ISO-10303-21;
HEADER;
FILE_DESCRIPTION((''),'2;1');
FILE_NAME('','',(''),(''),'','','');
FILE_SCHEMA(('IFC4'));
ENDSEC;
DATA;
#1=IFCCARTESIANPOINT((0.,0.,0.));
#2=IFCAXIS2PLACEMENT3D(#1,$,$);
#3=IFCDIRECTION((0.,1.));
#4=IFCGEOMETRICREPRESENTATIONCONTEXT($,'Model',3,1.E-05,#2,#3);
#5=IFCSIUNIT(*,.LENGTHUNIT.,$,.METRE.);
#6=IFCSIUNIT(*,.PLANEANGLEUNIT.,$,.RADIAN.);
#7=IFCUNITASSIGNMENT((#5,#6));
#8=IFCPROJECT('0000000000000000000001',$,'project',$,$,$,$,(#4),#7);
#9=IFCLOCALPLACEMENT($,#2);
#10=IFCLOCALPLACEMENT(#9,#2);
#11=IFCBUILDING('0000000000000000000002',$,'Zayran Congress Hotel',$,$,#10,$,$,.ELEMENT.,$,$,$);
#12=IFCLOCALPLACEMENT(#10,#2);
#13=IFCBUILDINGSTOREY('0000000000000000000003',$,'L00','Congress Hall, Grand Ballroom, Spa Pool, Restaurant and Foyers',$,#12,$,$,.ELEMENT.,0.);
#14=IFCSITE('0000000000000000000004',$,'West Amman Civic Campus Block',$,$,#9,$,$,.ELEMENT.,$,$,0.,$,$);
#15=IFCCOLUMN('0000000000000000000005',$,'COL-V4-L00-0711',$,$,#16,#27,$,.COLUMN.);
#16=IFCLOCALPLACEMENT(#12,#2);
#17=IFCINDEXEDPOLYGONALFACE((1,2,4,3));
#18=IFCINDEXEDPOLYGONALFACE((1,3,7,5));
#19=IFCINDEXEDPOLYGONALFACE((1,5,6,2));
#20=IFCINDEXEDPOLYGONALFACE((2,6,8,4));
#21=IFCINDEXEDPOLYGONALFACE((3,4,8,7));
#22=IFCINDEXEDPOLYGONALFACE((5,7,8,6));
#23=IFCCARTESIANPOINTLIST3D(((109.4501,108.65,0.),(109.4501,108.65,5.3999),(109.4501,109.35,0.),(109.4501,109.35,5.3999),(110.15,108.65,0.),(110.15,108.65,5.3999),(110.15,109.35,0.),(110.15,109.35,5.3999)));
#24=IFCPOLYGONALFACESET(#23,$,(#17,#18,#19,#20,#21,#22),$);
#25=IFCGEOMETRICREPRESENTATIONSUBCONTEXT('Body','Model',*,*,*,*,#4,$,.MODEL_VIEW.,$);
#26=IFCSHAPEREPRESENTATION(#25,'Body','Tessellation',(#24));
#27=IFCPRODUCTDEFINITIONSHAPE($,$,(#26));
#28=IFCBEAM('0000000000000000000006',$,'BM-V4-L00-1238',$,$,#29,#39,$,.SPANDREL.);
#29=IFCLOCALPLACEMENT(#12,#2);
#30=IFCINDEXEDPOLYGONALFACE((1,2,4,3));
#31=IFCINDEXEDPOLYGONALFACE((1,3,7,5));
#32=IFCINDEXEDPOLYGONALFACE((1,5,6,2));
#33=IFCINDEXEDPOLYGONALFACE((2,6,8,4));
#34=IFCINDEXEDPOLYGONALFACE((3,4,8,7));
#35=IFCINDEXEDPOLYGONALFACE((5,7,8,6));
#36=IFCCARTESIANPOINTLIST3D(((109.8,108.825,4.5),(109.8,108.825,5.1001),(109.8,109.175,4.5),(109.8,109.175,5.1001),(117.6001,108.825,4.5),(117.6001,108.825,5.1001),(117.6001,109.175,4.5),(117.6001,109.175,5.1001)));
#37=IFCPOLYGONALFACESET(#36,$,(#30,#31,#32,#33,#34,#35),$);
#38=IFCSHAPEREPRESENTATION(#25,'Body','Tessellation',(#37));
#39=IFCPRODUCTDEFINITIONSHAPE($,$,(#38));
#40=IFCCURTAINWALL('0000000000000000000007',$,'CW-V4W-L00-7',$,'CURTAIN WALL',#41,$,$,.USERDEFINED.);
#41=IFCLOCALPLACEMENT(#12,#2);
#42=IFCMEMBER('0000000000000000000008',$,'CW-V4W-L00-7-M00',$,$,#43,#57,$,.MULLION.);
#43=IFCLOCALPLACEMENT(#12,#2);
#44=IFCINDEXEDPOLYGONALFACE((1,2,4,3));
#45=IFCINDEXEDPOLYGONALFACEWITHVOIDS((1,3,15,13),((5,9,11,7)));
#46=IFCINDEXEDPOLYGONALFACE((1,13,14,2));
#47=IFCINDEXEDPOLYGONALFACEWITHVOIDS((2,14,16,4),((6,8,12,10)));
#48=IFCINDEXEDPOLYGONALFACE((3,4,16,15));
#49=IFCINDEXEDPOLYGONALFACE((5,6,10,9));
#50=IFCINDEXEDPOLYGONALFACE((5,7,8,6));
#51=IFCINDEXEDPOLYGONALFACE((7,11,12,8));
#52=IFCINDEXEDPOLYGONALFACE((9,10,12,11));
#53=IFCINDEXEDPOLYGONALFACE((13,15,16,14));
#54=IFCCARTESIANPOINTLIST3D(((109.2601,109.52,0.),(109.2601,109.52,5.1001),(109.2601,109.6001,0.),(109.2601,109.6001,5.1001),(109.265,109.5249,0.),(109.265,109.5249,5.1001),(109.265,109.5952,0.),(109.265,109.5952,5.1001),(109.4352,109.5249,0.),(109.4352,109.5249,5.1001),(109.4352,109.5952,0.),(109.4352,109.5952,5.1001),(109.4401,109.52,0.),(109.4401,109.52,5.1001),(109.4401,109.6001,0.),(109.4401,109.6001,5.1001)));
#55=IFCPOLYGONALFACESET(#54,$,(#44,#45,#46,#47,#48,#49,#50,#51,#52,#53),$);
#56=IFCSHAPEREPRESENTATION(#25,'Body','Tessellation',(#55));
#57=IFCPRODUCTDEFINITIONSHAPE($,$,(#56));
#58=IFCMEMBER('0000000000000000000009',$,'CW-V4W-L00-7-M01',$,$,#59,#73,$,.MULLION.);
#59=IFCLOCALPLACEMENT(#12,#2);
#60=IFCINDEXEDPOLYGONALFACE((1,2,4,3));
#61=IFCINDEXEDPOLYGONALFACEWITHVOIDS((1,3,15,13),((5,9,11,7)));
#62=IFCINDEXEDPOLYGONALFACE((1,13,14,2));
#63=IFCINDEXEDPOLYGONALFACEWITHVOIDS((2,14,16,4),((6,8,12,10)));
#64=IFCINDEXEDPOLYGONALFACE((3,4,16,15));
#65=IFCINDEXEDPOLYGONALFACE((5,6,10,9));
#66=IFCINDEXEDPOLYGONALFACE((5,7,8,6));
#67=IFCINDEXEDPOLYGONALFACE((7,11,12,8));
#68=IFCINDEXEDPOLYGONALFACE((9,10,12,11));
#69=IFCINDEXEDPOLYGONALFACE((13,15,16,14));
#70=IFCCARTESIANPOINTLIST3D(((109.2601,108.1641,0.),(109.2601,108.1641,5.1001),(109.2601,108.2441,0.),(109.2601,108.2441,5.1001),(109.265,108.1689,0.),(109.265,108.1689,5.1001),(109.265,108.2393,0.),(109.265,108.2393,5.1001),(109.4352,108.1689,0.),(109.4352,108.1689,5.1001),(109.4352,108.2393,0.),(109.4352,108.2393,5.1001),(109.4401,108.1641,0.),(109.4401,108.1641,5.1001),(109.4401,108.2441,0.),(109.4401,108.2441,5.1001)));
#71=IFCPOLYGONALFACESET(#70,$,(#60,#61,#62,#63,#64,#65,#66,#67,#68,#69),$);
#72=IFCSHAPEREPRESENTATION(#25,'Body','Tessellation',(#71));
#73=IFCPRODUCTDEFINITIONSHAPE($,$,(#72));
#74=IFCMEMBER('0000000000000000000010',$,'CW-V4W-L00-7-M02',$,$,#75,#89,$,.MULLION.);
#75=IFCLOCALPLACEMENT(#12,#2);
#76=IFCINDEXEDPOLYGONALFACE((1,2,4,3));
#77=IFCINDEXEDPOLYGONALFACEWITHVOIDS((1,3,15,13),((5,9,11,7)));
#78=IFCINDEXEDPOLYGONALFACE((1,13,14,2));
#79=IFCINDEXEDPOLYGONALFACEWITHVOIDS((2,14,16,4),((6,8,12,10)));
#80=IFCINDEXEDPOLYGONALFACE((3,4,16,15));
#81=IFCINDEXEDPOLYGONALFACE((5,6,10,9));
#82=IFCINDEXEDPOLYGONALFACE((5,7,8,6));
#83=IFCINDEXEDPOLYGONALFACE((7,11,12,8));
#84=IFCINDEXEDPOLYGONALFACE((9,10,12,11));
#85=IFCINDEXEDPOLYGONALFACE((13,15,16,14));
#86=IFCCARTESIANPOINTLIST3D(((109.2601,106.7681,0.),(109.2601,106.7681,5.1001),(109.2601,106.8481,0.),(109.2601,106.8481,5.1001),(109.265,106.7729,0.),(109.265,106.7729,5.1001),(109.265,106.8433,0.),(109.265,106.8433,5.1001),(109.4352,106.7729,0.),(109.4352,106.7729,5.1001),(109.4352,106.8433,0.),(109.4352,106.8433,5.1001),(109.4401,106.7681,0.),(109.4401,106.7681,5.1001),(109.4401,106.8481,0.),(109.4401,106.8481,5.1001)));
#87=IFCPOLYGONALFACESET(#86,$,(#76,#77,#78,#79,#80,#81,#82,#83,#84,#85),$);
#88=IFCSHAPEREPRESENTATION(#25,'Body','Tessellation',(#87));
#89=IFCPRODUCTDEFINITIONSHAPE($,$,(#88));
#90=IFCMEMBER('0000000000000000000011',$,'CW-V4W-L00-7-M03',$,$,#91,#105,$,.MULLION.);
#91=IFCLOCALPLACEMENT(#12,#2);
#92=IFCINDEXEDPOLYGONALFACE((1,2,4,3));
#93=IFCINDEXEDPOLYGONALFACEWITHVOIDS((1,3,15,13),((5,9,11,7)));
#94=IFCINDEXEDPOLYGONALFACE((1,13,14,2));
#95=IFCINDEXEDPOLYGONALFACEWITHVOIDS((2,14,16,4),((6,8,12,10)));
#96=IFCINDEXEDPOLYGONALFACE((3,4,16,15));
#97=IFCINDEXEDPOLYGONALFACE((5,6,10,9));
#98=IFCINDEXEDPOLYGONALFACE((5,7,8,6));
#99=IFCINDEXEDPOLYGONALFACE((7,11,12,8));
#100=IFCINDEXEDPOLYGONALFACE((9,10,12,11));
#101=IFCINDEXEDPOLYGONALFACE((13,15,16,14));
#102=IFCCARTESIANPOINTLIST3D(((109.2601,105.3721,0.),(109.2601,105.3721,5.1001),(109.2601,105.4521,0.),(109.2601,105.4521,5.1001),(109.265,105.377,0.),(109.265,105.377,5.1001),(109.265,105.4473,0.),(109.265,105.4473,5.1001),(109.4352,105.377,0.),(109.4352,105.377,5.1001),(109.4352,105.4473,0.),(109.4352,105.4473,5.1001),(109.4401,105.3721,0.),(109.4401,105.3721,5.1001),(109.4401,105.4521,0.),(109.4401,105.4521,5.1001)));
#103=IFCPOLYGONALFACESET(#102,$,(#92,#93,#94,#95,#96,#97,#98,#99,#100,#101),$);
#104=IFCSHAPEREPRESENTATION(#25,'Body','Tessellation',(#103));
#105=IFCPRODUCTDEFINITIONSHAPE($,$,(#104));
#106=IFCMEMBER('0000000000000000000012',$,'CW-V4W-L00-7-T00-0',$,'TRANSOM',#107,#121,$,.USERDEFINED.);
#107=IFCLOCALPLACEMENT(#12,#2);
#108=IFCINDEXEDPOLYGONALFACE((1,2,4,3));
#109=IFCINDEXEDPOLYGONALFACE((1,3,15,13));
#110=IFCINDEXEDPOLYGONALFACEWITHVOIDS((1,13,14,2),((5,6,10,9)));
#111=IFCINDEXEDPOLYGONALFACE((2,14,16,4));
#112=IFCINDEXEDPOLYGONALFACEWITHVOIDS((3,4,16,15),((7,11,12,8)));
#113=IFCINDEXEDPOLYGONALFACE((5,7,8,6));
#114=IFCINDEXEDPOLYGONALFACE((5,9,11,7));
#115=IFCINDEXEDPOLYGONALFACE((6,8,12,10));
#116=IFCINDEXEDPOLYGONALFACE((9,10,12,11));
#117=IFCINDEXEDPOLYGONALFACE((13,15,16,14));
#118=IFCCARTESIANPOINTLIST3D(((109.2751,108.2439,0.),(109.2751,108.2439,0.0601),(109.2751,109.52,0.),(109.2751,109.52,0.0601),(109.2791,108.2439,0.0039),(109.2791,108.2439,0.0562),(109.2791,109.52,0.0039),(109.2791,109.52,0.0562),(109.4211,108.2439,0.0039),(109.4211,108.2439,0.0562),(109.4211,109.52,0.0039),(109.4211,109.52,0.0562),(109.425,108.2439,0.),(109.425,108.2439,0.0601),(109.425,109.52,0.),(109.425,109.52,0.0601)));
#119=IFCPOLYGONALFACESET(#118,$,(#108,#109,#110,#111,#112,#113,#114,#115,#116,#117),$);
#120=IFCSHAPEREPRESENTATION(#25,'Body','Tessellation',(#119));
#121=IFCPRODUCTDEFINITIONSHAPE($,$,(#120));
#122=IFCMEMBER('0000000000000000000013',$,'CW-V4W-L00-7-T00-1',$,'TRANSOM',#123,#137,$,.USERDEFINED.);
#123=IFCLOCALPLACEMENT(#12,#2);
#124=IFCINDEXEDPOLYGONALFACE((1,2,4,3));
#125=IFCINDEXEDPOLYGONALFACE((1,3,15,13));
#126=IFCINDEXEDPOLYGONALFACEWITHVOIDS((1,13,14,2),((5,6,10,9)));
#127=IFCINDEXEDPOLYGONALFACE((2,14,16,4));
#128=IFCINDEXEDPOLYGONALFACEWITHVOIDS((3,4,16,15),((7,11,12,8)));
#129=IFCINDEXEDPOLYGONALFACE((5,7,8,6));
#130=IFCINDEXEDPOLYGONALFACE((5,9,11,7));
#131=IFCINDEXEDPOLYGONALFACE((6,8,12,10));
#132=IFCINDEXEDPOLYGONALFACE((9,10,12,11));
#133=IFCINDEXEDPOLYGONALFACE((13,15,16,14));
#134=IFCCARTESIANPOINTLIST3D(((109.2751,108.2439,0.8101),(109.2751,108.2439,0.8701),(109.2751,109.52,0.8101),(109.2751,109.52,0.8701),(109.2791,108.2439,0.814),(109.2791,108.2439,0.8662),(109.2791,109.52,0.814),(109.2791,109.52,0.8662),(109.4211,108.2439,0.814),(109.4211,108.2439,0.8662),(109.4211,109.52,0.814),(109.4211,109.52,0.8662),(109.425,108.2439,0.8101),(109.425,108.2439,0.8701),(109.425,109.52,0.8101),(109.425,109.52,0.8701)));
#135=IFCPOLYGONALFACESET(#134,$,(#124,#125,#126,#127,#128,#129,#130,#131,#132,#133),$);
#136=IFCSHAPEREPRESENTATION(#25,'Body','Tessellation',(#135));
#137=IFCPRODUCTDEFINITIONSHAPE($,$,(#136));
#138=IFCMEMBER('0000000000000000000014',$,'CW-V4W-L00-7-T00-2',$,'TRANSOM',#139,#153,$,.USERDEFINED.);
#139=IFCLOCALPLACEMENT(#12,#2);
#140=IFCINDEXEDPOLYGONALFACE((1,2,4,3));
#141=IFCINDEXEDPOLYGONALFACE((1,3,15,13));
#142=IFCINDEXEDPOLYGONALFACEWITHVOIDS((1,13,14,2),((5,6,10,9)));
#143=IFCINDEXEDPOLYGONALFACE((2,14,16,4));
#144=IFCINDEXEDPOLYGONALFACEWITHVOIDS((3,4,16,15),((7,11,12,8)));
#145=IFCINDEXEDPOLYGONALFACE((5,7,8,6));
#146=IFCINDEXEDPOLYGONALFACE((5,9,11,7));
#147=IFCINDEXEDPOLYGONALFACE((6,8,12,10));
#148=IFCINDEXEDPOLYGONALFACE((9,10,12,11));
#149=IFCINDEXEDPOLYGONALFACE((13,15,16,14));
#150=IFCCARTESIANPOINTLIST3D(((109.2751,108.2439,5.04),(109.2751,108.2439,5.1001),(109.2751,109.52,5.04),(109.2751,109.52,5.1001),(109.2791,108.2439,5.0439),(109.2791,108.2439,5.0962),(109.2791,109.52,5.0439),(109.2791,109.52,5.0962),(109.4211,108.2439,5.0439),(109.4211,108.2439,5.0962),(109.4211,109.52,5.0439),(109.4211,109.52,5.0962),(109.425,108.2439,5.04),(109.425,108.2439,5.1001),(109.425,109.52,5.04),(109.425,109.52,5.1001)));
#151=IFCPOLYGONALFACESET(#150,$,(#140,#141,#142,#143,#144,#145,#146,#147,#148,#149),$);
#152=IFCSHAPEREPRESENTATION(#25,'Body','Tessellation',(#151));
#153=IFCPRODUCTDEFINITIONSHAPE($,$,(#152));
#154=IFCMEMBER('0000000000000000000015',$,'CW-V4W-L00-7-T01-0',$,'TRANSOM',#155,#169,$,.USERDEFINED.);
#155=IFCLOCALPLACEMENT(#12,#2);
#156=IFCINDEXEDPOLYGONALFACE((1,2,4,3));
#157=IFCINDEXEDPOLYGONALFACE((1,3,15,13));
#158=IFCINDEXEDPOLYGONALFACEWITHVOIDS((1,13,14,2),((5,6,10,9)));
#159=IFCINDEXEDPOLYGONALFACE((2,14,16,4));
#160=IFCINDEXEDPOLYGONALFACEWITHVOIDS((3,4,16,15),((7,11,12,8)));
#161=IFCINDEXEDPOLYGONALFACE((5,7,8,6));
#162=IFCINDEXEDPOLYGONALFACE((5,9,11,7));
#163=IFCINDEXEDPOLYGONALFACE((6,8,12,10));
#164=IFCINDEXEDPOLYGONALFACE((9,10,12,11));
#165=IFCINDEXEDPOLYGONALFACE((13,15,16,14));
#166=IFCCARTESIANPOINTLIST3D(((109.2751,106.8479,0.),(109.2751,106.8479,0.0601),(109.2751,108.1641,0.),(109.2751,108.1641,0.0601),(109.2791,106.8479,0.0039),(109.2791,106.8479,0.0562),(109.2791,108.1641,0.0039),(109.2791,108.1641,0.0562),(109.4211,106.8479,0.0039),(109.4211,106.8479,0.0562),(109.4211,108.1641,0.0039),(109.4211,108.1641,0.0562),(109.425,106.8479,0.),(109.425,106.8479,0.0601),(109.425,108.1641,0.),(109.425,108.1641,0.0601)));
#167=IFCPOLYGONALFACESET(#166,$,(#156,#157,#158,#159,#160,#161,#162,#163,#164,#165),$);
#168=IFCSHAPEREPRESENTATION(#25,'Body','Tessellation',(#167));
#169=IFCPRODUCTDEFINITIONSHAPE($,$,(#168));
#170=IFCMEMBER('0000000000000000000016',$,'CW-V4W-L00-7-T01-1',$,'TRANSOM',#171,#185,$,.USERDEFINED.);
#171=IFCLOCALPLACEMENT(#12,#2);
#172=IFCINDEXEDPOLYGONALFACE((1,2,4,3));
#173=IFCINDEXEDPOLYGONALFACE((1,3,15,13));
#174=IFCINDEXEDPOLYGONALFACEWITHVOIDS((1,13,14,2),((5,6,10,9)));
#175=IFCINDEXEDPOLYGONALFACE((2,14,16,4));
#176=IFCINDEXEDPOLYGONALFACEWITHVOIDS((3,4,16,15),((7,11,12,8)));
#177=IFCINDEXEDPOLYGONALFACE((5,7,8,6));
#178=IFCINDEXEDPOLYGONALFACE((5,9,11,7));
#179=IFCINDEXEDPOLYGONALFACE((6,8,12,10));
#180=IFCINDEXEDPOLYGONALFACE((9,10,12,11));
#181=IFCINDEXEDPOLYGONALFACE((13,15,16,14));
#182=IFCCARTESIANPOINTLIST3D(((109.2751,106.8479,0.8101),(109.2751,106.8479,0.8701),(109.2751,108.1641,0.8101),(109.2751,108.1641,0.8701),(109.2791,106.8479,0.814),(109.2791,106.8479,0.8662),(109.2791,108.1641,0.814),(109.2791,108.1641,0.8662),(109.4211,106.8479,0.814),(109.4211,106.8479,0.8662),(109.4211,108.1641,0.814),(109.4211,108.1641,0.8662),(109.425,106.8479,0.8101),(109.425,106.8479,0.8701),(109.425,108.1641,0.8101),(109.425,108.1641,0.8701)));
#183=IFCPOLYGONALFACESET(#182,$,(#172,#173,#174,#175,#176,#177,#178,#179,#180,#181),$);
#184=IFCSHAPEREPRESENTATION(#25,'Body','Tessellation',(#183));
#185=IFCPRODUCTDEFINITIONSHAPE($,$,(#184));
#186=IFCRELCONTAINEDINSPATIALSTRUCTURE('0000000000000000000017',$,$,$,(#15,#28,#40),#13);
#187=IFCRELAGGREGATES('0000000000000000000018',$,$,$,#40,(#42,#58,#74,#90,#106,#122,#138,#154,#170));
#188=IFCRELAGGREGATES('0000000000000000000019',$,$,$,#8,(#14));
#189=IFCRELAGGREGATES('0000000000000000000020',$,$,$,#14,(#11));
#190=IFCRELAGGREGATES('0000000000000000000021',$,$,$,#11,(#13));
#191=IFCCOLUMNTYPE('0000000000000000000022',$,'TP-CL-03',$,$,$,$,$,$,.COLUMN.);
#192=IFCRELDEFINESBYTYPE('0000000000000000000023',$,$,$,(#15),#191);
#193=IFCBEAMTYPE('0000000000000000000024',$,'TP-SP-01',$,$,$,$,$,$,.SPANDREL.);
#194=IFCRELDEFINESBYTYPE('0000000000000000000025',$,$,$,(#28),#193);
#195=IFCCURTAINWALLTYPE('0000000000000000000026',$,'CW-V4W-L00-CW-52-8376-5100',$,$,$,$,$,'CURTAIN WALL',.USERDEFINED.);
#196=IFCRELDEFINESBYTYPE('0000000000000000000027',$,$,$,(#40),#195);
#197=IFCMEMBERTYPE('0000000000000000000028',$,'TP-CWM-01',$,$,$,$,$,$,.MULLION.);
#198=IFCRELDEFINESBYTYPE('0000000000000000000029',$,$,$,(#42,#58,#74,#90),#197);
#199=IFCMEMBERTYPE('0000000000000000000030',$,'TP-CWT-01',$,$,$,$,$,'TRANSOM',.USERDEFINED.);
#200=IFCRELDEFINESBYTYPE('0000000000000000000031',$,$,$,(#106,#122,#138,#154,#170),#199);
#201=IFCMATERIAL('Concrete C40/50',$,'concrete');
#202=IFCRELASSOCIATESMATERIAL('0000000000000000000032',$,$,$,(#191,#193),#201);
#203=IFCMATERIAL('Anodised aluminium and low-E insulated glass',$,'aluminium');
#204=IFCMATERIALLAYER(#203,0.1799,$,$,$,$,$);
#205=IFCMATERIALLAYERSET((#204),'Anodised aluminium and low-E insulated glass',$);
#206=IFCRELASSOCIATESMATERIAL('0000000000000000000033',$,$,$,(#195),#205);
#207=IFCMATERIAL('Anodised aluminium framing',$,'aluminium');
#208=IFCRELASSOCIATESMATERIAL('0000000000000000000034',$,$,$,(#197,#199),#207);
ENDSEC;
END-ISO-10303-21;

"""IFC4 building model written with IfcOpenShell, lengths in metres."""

from ifc_helpers import new_model, si_unit, direction, frame, origin, origin_2d, place, context, subcontext, project, spatial, rectangle, hollow_rectangle, extrude, material, layer, layer_set, material_profile, profile_set, type_object, element, aggregate, save


model = new_model("IFC4")

# Units and contexts
model_context = context("Model", 3, precision=1e-05, world=origin(), true_north=direction((0.0, 1.0)))
body_context = subcontext(model_context, "Body", "Model", "MODEL_VIEW")
ifc_project = project(units=[si_unit("LENGTHUNIT", "METRE"), si_unit("PLANEANGLEUNIT", "RADIAN")], contexts=[model_context])

# Site, building, storey
site_placement = place(None, origin())
site = spatial("IfcSite", under=ifc_project, at=site_placement, Name="West Amman Civic Campus Block", CompositionType="ELEMENT", RefElevation=0.0)
building_placement = place(site_placement, origin())
building = spatial("IfcBuilding", under=site, at=building_placement, Name="Zayran Congress Hotel", CompositionType="ELEMENT")
storey_placement = place(building_placement, origin())
storey = spatial("IfcBuildingStorey", under=building, at=storey_placement, Name="L00", Description="Congress Hall, Grand Ballroom, Spa Pool, Restaurant and Foyers", CompositionType="ELEMENT", Elevation=0.0)

# Column
ifc_material_1 = material(Name="Concrete C40/50", Category="concrete")
ifc_material_profile_1 = material_profile(ifc_material_1, rectangle(XDim=0.7, YDim=0.7, at=origin_2d()), Name="RC 700x700")
ifc_profile_set_1 = profile_set([ifc_material_profile_1], Name="Concrete C40/50")
column_type = type_object("IfcColumnType", Name="TP-CL-03", PredefinedType="COLUMN", material=ifc_profile_set_1)
column_placement = place(storey_placement, frame((109.8, 109.0, 0.0), z_axis=(0.0, 0.0, 1.0), x_axis=(1.0, 0.0, 0.0)))
element("IfcColumn", 1, at=column_placement, inside=storey, type_object=column_type, Name="COL-V4-L00-0711", PredefinedType="COLUMN", context=body_context, shape_type="SweptSolid", body=[
    extrude(rectangle(XDim=0.7, YDim=0.7, at=origin_2d()), origin(), (0.0, 0.0, 1.0), 5.3999),
])

# Beam
ifc_material_profile_2 = material_profile(ifc_material_1, rectangle(XDim=0.3501, YDim=0.6001, at=origin_2d()), Name="RC 350x600")
ifc_profile_set_2 = profile_set([ifc_material_profile_2], Name="Concrete C40/50")
beam_type = type_object("IfcBeamType", Name="TP-SP-01", PredefinedType="SPANDREL", material=ifc_profile_set_2)
beam_placement = place(storey_placement, frame((109.8, 109.0, 4.8), z_axis=(1.0, 0.0, 0.0), x_axis=(0.0, 1.0, 0.0)))
element("IfcBeam", 2, at=beam_placement, inside=storey, type_object=beam_type, Name="BM-V4-L00-1238", PredefinedType="SPANDREL", context=body_context, shape_type="SweptSolid", body=[
    extrude(rectangle(XDim=0.3501, YDim=0.6001, at=origin_2d()), origin(), (0.0, 0.0, 1.0), 7.8),
])

# Curtain wall, members
ifc_material_2 = material(Name="Anodised aluminium and low-E insulated glass", Category="aluminium")
ifc_layer_1 = layer(ifc_material_2, 0.1799)
ifc_layer_set_1 = layer_set([ifc_layer_1], Name="Anodised aluminium and low-E insulated glass")
curtain_wall_type = type_object("IfcCurtainWallType", Name="CW-V4W-L00-CW-52-8376-5100", ElementType="CURTAIN WALL", PredefinedType="USERDEFINED", material=ifc_layer_set_1)
curtain_wall_placement = place(storey_placement, origin())
curtain_wall = element("IfcCurtainWall", 3, at=curtain_wall_placement, inside=storey, type_object=curtain_wall_type, Name="CW-V4W-L00-7", ObjectType="CURTAIN WALL", PredefinedType="USERDEFINED")
ifc_material_3 = material(Name="Anodised aluminium framing", Category="aluminium")
ifc_material_profile_3 = material_profile(ifc_material_3, hollow_rectangle(XDim=0.0801, YDim=0.1799, WallThickness=0.0049, at=origin_2d()), Name="RHS 180x80x5")
ifc_profile_set_3 = profile_set([ifc_material_profile_3], Name="Anodised aluminium framing")
member_type_1 = type_object("IfcMemberType", Name="TP-CWM-01", PredefinedType="MULLION", material=ifc_profile_set_3)
member_1_placement = place(storey_placement, frame((109.3501, 109.5601, 0.0), z_axis=(0.0, 0.0, 1.0), x_axis=(0.0, 1.0, 0.0)))
member_1 = element("IfcMember", 4, at=member_1_placement, type_object=member_type_1, Name="CW-V4W-L00-7-M00", PredefinedType="MULLION", context=body_context, shape_type="SweptSolid", body=[
    extrude(hollow_rectangle(XDim=0.0801, YDim=0.1799, WallThickness=0.0049, at=origin_2d()), origin(), (0.0, 0.0, 1.0), 5.1001),
])
member_2_placement = place(storey_placement, frame((109.3501, 108.2041, 0.0), z_axis=(0.0, 0.0, 1.0), x_axis=(0.0, 1.0, 0.0)))
member_2 = element("IfcMember", 5, at=member_2_placement, type_object=member_type_1, Name="CW-V4W-L00-7-M01", PredefinedType="MULLION", context=body_context, shape_type="SweptSolid", body=[
    extrude(hollow_rectangle(XDim=0.0801, YDim=0.1799, WallThickness=0.0049, at=origin_2d()), origin(), (0.0, 0.0, 1.0), 5.1001),
])
member_3_placement = place(storey_placement, frame((109.3501, 106.8081, 0.0), z_axis=(0.0, 0.0, 1.0), x_axis=(0.0, 1.0, 0.0)))
member_3 = element("IfcMember", 6, at=member_3_placement, type_object=member_type_1, Name="CW-V4W-L00-7-M02", PredefinedType="MULLION", context=body_context, shape_type="SweptSolid", body=[
    extrude(hollow_rectangle(XDim=0.0801, YDim=0.1799, WallThickness=0.0049, at=origin_2d()), origin(), (0.0, 0.0, 1.0), 5.1001),
])
member_4_placement = place(storey_placement, frame((109.3501, 105.4121, 0.0), z_axis=(0.0, 0.0, 1.0), x_axis=(0.0, 1.0, 0.0)))
member_4 = element("IfcMember", 7, at=member_4_placement, type_object=member_type_1, Name="CW-V4W-L00-7-M03", PredefinedType="MULLION", context=body_context, shape_type="SweptSolid", body=[
    extrude(hollow_rectangle(XDim=0.0801, YDim=0.1799, WallThickness=0.0049, at=origin_2d()), origin(), (0.0, 0.0, 1.0), 5.1001),
])
ifc_material_profile_4 = material_profile(ifc_material_3, hollow_rectangle(XDim=0.0601, YDim=0.1499, WallThickness=0.0039, at=origin_2d()), Name="RHS 150x60x4")
ifc_profile_set_4 = profile_set([ifc_material_profile_4], Name="Anodised aluminium framing")
member_type_2 = type_object("IfcMemberType", Name="TP-CWT-01", ElementType="TRANSOM", PredefinedType="USERDEFINED", material=ifc_profile_set_4)
member_5_placement = place(storey_placement, frame((109.3501, 109.52, 0.03), z_axis=(0.0, -1.0, 0.0), x_axis=(0.0, 0.0, 1.0)))
member_5 = element("IfcMember", 8, at=member_5_placement, type_object=member_type_2, Name="CW-V4W-L00-7-T00-0", ObjectType="TRANSOM", PredefinedType="USERDEFINED", context=body_context, shape_type="SweptSolid", body=[
    extrude(hollow_rectangle(XDim=0.0601, YDim=0.1499, WallThickness=0.0039, at=origin_2d()), origin(), (0.0, 0.0, 1.0), 1.2761),
])
member_6_placement = place(storey_placement, frame((109.3501, 109.52, 0.8401), z_axis=(0.0, -1.0, 0.0), x_axis=(0.0, 0.0, 1.0)))
member_6 = element("IfcMember", 9, at=member_6_placement, type_object=member_type_2, Name="CW-V4W-L00-7-T00-1", ObjectType="TRANSOM", PredefinedType="USERDEFINED", context=body_context, shape_type="SweptSolid", body=[
    extrude(hollow_rectangle(XDim=0.0601, YDim=0.1499, WallThickness=0.0039, at=origin_2d()), origin(), (0.0, 0.0, 1.0), 1.2761),
])
member_7_placement = place(storey_placement, frame((109.3501, 109.52, 5.0701), z_axis=(0.0, -1.0, 0.0), x_axis=(0.0, 0.0, 1.0)))
member_7 = element("IfcMember", 10, at=member_7_placement, type_object=member_type_2, Name="CW-V4W-L00-7-T00-2", ObjectType="TRANSOM", PredefinedType="USERDEFINED", context=body_context, shape_type="SweptSolid", body=[
    extrude(hollow_rectangle(XDim=0.0601, YDim=0.1499, WallThickness=0.0039, at=origin_2d()), origin(), (0.0, 0.0, 1.0), 1.2761),
])
member_8_placement = place(storey_placement, frame((109.3501, 108.1641, 0.03), z_axis=(0.0, -1.0, 0.0), x_axis=(0.0, 0.0, 1.0)))
member_8 = element("IfcMember", 11, at=member_8_placement, type_object=member_type_2, Name="CW-V4W-L00-7-T01-0", ObjectType="TRANSOM", PredefinedType="USERDEFINED", context=body_context, shape_type="SweptSolid", body=[
    extrude(hollow_rectangle(XDim=0.0601, YDim=0.1499, WallThickness=0.0039, at=origin_2d()), origin(), (0.0, 0.0, 1.0), 1.3162),
])
member_9_placement = place(storey_placement, frame((109.3501, 108.1641, 0.8401), z_axis=(0.0, -1.0, 0.0), x_axis=(0.0, 0.0, 1.0)))
member_9 = element("IfcMember", 12, at=member_9_placement, type_object=member_type_2, Name="CW-V4W-L00-7-T01-1", ObjectType="TRANSOM", PredefinedType="USERDEFINED", context=body_context, shape_type="SweptSolid", body=[
    extrude(hollow_rectangle(XDim=0.0601, YDim=0.1499, WallThickness=0.0039, at=origin_2d()), origin(), (0.0, 0.0, 1.0), 1.3162),
])
aggregate(curtain_wall, [member_1, member_2, member_3, member_4, member_5, member_6, member_7, member_8, member_9])

save(model, "model.ifc")
